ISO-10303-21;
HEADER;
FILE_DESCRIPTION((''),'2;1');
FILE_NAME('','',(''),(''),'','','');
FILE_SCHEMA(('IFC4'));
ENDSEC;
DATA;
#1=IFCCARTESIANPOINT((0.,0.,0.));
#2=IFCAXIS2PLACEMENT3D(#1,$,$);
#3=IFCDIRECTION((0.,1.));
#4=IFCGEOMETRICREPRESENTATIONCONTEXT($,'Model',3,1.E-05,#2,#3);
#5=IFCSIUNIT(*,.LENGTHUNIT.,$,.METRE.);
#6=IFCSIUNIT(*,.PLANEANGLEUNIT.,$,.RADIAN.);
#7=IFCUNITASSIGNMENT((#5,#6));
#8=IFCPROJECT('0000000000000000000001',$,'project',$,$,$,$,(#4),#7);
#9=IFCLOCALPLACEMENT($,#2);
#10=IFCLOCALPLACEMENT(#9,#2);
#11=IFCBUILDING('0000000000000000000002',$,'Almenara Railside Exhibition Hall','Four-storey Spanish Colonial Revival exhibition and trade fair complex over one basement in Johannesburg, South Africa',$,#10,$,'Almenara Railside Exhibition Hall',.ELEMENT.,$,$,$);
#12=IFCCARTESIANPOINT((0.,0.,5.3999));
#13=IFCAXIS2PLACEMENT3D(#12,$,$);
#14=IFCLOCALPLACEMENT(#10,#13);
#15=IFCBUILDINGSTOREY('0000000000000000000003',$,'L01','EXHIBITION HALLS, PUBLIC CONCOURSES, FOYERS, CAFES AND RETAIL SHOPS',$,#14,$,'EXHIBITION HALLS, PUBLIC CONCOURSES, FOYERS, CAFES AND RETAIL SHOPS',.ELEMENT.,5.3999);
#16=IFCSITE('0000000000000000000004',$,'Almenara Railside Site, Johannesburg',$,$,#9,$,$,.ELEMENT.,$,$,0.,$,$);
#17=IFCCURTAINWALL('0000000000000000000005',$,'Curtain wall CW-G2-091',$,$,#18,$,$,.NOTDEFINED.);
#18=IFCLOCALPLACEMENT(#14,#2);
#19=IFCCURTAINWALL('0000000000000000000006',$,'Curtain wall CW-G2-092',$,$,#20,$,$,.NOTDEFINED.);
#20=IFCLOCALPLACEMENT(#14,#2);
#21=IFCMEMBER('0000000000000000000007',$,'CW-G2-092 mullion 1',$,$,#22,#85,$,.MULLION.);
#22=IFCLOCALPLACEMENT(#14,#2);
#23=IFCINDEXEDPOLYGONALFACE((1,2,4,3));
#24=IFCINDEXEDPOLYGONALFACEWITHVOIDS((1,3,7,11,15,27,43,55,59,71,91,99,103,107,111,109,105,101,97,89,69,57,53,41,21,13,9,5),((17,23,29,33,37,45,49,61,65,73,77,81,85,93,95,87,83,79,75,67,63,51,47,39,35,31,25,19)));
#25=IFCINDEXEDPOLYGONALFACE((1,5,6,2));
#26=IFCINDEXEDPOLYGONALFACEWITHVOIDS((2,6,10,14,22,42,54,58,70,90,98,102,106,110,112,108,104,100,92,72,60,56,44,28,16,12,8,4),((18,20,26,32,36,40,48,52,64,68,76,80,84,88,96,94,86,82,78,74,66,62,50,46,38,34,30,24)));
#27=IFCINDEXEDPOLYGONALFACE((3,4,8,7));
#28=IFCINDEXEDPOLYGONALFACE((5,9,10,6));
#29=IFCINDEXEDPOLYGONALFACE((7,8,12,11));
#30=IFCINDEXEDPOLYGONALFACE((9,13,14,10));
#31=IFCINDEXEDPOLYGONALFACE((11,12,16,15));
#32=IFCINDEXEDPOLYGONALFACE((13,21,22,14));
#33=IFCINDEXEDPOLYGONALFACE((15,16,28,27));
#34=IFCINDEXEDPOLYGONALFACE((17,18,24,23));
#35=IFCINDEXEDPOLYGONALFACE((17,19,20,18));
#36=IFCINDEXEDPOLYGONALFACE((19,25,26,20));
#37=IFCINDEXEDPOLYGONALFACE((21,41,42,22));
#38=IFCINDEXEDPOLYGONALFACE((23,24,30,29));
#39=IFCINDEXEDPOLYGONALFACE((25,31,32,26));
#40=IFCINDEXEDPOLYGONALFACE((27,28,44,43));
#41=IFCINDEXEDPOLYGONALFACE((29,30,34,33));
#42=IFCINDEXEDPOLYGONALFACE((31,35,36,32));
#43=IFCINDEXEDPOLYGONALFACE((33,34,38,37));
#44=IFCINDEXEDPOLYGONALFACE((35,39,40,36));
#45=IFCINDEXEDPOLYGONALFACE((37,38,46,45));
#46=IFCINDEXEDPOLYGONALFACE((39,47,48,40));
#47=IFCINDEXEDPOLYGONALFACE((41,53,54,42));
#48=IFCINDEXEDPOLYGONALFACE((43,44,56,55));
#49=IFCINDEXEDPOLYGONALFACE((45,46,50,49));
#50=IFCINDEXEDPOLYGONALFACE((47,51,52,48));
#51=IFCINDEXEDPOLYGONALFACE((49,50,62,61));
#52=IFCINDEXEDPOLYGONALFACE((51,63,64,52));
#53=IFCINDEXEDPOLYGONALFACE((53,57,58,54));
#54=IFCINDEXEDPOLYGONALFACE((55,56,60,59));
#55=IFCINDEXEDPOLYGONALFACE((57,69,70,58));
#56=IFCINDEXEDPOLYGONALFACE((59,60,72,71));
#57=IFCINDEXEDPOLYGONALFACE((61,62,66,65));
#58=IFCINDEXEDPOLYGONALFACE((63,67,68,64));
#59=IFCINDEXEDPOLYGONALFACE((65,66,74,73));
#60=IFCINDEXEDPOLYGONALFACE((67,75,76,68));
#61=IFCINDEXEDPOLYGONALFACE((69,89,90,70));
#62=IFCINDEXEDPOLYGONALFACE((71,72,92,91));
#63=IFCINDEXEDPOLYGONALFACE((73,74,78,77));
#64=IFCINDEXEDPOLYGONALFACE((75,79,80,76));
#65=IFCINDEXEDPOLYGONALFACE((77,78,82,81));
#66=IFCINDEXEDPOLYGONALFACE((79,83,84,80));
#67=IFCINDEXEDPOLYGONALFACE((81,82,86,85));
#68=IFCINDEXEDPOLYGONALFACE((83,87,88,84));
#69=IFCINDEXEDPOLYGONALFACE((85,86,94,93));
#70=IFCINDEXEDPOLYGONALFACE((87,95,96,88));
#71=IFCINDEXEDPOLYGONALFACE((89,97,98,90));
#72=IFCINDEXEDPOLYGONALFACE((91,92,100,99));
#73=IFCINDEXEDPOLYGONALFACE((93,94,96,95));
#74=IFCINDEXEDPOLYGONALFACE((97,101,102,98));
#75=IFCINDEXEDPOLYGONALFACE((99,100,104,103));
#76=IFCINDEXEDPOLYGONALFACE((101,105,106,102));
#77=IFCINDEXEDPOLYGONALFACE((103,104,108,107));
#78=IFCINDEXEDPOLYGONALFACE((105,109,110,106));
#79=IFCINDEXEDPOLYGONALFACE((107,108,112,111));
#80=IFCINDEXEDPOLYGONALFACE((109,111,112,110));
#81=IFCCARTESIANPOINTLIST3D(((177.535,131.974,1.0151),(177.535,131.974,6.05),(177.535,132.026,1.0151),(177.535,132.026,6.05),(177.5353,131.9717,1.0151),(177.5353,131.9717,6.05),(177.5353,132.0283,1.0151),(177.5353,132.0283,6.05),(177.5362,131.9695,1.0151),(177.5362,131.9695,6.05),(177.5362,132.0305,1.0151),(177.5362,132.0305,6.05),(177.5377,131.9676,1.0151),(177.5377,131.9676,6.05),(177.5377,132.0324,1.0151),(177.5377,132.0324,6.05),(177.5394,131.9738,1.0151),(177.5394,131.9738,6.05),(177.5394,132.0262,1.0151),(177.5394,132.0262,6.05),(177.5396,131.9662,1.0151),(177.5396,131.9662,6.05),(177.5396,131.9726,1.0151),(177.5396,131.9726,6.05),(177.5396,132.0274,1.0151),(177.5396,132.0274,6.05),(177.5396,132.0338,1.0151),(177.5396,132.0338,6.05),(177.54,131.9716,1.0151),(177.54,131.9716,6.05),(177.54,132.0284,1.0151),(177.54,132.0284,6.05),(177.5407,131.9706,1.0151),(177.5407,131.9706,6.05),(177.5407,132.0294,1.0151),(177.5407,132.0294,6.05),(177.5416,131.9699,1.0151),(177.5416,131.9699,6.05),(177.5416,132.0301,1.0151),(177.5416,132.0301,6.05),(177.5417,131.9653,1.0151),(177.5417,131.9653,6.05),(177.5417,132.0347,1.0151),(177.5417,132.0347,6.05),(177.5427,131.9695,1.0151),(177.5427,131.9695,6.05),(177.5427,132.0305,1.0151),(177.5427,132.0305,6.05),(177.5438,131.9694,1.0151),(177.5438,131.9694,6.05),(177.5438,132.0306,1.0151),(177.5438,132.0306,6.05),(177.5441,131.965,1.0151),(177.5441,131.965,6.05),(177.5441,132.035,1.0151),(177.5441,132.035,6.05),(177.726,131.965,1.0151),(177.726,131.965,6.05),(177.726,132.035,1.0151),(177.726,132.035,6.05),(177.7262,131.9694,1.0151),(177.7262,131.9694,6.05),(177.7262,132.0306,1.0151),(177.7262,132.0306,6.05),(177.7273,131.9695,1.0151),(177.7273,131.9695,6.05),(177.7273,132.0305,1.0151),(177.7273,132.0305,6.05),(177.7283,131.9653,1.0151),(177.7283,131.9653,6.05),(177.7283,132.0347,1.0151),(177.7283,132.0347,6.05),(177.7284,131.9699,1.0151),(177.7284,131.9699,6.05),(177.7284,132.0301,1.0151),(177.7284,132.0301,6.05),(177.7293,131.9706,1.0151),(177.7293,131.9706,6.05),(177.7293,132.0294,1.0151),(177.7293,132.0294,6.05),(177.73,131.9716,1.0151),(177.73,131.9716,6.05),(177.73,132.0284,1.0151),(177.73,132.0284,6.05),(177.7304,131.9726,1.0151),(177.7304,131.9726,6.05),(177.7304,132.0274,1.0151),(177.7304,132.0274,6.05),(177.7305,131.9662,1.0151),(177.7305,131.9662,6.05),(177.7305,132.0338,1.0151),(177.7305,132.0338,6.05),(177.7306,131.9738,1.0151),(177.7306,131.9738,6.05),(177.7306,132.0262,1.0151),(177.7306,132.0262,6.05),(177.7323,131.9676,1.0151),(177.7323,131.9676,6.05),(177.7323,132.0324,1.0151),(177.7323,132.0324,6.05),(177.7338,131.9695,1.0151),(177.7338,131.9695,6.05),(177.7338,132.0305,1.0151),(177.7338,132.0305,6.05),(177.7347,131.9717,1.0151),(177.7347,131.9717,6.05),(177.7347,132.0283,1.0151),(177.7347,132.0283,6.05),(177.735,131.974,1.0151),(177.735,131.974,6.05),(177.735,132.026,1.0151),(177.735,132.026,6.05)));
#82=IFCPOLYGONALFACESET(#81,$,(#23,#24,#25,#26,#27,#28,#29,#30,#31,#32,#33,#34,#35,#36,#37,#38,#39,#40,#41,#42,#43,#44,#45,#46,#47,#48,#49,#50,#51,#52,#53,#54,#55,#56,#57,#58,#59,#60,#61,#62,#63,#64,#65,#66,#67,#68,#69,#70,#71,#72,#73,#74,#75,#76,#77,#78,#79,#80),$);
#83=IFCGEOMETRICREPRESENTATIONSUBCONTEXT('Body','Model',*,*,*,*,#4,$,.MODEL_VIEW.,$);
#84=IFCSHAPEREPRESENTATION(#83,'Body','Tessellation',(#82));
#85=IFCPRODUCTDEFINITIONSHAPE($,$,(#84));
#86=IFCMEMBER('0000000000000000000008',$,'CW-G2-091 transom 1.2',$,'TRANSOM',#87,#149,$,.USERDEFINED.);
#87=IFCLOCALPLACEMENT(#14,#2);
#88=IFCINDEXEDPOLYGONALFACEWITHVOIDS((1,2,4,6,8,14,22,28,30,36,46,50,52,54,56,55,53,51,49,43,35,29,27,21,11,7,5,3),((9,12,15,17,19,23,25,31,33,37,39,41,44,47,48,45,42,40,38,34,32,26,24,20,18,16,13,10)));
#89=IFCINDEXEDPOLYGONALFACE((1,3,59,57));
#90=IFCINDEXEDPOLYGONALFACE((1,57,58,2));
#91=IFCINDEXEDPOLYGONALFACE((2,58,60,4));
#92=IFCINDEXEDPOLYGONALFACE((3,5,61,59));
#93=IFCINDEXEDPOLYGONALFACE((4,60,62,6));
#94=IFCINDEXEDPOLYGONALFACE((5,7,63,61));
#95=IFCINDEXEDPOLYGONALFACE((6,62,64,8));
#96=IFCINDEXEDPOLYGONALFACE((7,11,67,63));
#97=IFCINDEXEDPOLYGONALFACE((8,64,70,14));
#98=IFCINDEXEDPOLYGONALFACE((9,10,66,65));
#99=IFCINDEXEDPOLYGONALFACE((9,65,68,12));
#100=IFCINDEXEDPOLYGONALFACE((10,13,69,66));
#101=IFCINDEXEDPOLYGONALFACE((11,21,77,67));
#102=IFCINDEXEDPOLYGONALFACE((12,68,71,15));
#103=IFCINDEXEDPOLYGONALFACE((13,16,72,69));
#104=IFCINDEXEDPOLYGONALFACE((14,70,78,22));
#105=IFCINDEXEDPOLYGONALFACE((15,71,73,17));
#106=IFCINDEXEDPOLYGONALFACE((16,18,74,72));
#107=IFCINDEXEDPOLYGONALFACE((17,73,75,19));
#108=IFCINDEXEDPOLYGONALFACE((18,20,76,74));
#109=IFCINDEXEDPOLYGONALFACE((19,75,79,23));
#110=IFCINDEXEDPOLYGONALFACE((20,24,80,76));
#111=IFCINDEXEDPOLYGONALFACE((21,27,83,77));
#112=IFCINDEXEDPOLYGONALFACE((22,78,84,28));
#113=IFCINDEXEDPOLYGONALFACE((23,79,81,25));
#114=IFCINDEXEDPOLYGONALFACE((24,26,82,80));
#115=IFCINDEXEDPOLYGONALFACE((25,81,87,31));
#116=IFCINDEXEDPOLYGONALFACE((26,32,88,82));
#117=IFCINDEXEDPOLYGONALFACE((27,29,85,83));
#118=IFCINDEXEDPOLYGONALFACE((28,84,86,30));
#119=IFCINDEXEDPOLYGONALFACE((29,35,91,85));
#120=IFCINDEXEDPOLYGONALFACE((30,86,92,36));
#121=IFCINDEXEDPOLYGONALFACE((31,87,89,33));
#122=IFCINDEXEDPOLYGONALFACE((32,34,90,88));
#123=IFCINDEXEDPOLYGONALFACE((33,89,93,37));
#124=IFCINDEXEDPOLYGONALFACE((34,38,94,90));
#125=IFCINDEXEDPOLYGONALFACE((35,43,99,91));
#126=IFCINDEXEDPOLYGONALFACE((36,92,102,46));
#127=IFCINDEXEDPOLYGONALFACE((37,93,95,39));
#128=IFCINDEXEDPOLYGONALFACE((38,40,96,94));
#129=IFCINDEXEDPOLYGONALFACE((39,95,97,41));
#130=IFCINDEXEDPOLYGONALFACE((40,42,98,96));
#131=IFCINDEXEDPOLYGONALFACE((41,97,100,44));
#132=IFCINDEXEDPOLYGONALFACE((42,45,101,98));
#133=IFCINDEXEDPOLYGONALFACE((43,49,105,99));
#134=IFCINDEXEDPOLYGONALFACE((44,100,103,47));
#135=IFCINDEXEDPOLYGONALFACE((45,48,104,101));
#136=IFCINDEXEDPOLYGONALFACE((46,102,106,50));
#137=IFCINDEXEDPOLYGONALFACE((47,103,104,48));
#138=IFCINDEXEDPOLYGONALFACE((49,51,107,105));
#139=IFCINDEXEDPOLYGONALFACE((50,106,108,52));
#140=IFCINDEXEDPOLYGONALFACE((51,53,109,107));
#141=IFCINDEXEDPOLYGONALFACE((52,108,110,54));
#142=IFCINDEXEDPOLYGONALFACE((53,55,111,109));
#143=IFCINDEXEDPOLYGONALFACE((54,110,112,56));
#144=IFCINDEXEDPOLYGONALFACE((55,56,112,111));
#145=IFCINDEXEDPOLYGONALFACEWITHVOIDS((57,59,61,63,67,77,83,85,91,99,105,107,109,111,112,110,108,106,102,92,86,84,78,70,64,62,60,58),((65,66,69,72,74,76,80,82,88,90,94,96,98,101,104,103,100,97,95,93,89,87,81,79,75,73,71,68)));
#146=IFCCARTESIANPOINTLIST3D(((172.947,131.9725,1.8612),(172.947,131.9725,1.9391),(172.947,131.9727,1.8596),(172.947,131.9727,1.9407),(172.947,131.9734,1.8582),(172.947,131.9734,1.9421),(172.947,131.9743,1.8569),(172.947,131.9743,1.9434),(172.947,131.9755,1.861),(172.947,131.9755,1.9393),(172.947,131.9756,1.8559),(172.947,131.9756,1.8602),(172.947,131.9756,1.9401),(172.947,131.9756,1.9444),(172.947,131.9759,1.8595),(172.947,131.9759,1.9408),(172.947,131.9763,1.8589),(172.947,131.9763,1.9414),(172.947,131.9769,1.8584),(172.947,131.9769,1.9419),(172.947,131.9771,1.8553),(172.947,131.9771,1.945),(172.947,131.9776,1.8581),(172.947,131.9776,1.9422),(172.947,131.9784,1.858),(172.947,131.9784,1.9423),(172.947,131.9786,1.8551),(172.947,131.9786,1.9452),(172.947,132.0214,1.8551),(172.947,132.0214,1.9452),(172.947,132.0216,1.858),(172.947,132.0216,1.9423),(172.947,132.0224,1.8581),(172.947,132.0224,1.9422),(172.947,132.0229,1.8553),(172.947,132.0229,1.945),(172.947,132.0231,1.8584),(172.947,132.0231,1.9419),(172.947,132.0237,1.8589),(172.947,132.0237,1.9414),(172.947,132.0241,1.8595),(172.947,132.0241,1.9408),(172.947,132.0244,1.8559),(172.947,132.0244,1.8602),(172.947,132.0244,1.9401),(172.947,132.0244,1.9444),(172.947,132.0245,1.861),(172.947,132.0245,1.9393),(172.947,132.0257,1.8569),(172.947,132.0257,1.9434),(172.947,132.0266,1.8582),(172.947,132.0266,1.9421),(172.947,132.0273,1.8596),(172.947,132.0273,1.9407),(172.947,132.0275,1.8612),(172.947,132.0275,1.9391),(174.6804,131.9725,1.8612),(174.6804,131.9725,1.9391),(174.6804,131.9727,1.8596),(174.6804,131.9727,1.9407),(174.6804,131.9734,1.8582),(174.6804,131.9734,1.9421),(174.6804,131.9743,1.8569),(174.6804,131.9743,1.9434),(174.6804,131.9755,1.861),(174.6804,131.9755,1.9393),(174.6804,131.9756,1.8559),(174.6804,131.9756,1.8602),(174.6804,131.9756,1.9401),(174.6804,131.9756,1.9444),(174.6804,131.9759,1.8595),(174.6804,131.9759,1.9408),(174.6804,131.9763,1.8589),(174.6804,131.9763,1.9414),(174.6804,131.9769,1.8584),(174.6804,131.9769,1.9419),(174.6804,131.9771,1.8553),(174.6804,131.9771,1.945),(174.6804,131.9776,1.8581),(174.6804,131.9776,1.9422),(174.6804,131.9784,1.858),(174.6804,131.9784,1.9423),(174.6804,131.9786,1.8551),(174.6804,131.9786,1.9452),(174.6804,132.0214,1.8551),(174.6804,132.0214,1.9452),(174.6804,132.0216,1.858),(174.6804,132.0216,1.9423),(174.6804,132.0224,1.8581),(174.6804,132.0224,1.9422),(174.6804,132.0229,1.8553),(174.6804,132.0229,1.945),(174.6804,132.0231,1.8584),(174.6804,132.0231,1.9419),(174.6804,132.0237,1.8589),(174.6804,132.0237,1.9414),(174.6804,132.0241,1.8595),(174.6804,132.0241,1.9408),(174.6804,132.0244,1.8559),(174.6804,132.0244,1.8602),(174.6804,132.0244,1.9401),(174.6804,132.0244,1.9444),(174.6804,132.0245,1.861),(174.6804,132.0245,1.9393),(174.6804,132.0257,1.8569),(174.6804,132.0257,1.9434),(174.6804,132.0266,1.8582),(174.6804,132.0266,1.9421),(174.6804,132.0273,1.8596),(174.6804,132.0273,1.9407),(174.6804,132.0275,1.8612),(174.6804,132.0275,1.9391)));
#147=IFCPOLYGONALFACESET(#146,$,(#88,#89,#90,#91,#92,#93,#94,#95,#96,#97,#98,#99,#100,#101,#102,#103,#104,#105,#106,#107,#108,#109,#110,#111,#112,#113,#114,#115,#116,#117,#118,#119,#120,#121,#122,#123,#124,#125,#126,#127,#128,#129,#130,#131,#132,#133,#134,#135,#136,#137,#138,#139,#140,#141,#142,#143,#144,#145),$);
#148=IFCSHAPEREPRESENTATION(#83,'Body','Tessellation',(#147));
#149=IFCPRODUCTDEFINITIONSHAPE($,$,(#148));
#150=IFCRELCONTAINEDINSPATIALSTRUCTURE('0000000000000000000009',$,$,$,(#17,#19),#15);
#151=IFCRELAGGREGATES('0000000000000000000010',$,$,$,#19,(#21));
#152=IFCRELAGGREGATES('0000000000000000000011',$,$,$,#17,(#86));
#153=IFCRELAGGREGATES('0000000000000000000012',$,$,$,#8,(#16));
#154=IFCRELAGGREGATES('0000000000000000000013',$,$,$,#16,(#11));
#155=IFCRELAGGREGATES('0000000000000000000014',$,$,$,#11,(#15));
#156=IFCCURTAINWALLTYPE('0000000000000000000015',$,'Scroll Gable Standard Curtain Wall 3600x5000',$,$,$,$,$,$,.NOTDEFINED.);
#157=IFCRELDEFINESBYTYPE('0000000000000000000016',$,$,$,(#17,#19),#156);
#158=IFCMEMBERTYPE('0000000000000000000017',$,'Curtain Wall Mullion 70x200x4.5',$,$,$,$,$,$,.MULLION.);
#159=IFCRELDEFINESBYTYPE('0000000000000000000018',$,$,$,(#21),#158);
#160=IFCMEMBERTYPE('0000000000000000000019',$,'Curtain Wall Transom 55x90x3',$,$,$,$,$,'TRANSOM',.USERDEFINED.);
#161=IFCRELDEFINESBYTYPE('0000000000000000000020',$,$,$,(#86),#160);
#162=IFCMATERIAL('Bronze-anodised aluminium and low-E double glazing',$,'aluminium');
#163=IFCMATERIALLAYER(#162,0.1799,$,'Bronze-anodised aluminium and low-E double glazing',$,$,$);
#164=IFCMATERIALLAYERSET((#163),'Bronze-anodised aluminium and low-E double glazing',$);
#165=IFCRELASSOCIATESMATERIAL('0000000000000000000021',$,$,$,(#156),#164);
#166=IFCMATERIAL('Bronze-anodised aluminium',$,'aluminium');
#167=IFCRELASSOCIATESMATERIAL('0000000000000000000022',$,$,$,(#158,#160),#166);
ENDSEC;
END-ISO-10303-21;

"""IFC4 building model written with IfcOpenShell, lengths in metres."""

from ifc_helpers import new_model, si_unit, direction, frame, origin, origin_2d, place, context, subcontext, project, spatial, hollow_rectangle, extrude, material, layer, layer_set, material_profile, profile_set, type_object, element, aggregate, save


model = new_model("IFC4")

# Units and contexts
model_context = context("Model", 3, precision=1e-05, world=origin(), true_north=direction((0.0, 1.0)))
body_context = subcontext(model_context, "Body", "Model", "MODEL_VIEW")
ifc_project = project(units=[si_unit("LENGTHUNIT", "METRE"), si_unit("PLANEANGLEUNIT", "RADIAN")], contexts=[model_context])

# Site, building, storey
site_placement = place(None, origin())
site = spatial("IfcSite", under=ifc_project, at=site_placement, Name="Almenara Railside Site, Johannesburg", CompositionType="ELEMENT", RefElevation=0.0)
building_placement = place(site_placement, origin())
building = spatial("IfcBuilding", under=site, at=building_placement, Name="Almenara Railside Exhibition Hall", Description="Four-storey Spanish Colonial Revival exhibition and trade fair complex over one basement in Johannesburg, South Africa", LongName="Almenara Railside Exhibition Hall", CompositionType="ELEMENT")
storey_placement = place(building_placement, frame((0.0, 0.0, 5.3999)))
storey = spatial("IfcBuildingStorey", under=building, at=storey_placement, Name="L01", Description="EXHIBITION HALLS, PUBLIC CONCOURSES, FOYERS, CAFES AND RETAIL SHOPS", LongName="EXHIBITION HALLS, PUBLIC CONCOURSES, FOYERS, CAFES AND RETAIL SHOPS", CompositionType="ELEMENT", Elevation=5.3999)

# Curtain wall
ifc_material_1 = material(Name="Bronze-anodised aluminium and low-E double glazing", Category="aluminium")
ifc_layer_1 = layer(ifc_material_1, 0.1799, Name="Bronze-anodised aluminium and low-E double glazing")
ifc_layer_set_1 = layer_set([ifc_layer_1], Name="Bronze-anodised aluminium and low-E double glazing")
curtain_wall_type = type_object("IfcCurtainWallType", Name="Scroll Gable Standard Curtain Wall 3600x5000", PredefinedType="NOTDEFINED", material=ifc_layer_set_1)
curtain_wall_1_placement = place(storey_placement, origin())
curtain_wall_1 = element("IfcCurtainWall", 1, at=curtain_wall_1_placement, inside=storey, type_object=curtain_wall_type, Name="Curtain wall CW-G2-091", PredefinedType="NOTDEFINED")
ifc_material_2 = material(Name="Bronze-anodised aluminium", Category="aluminium")

# Curtain wall, member
curtain_wall_2_placement = place(storey_placement, origin())
curtain_wall_2 = element("IfcCurtainWall", 2, at=curtain_wall_2_placement, inside=storey, type_object=curtain_wall_type, Name="Curtain wall CW-G2-092", PredefinedType="NOTDEFINED")
ifc_material_profile_1 = material_profile(ifc_material_2, hollow_rectangle(XDim=0.0701, YDim=0.2, WallThickness=0.0044, InnerFilletRadius=0.0044, OuterFilletRadius=0.009, at=origin_2d()), Name="ALU-MUL 70x200x4.5")
ifc_profile_set_1 = profile_set([ifc_material_profile_1], Name="Bronze-anodised aluminium")
member_type_1 = type_object("IfcMemberType", Name="Curtain Wall Mullion 70x200x4.5", PredefinedType="MULLION", material=ifc_profile_set_1)
member_1_placement = place(storey_placement, frame((177.635, 132.0, 1.0151), z_axis=(0.0, 0.0, 1.0), x_axis=(0.0, 1.0, 0.0)))
member_1 = element("IfcMember", 3, at=member_1_placement, type_object=member_type_1, Name="CW-G2-092 mullion 1", PredefinedType="MULLION", context=body_context, shape_type="SweptSolid", body=[
    extrude(hollow_rectangle(XDim=0.0701, YDim=0.2, WallThickness=0.0044, InnerFilletRadius=0.0044, OuterFilletRadius=0.009, at=origin_2d()), origin(), (0.0, 0.0, 1.0), 5.0349),
])

# Member
ifc_material_profile_2 = material_profile(ifc_material_2, hollow_rectangle(XDim=0.0549, YDim=0.0901, WallThickness=0.0029, InnerFilletRadius=0.0029, OuterFilletRadius=0.0061, at=origin_2d()), Name="ALU-TRN 55x90x3")
ifc_profile_set_2 = profile_set([ifc_material_profile_2], Name="Bronze-anodised aluminium")
member_type_2 = type_object("IfcMemberType", Name="Curtain Wall Transom 55x90x3", ElementType="TRANSOM", PredefinedType="USERDEFINED", material=ifc_profile_set_2)
member_2_placement = place(storey_placement, frame((172.947, 132.0, 1.9001), z_axis=(1.0, 0.0, 0.0), x_axis=(0.0, 1.0, 0.0)))
member_2 = element("IfcMember", 4, at=member_2_placement, type_object=member_type_2, Name="CW-G2-091 transom 1.2", ObjectType="TRANSOM", PredefinedType="USERDEFINED", context=body_context, shape_type="SweptSolid", body=[
    extrude(hollow_rectangle(XDim=0.0549, YDim=0.0901, WallThickness=0.0029, InnerFilletRadius=0.0029, OuterFilletRadius=0.0061, at=origin_2d()), origin(), (0.0, 0.0, 1.0), 1.7334),
])

aggregate(curtain_wall_2, [member_1])
aggregate(curtain_wall_1, [member_2])

save(model, "model.ifc")
